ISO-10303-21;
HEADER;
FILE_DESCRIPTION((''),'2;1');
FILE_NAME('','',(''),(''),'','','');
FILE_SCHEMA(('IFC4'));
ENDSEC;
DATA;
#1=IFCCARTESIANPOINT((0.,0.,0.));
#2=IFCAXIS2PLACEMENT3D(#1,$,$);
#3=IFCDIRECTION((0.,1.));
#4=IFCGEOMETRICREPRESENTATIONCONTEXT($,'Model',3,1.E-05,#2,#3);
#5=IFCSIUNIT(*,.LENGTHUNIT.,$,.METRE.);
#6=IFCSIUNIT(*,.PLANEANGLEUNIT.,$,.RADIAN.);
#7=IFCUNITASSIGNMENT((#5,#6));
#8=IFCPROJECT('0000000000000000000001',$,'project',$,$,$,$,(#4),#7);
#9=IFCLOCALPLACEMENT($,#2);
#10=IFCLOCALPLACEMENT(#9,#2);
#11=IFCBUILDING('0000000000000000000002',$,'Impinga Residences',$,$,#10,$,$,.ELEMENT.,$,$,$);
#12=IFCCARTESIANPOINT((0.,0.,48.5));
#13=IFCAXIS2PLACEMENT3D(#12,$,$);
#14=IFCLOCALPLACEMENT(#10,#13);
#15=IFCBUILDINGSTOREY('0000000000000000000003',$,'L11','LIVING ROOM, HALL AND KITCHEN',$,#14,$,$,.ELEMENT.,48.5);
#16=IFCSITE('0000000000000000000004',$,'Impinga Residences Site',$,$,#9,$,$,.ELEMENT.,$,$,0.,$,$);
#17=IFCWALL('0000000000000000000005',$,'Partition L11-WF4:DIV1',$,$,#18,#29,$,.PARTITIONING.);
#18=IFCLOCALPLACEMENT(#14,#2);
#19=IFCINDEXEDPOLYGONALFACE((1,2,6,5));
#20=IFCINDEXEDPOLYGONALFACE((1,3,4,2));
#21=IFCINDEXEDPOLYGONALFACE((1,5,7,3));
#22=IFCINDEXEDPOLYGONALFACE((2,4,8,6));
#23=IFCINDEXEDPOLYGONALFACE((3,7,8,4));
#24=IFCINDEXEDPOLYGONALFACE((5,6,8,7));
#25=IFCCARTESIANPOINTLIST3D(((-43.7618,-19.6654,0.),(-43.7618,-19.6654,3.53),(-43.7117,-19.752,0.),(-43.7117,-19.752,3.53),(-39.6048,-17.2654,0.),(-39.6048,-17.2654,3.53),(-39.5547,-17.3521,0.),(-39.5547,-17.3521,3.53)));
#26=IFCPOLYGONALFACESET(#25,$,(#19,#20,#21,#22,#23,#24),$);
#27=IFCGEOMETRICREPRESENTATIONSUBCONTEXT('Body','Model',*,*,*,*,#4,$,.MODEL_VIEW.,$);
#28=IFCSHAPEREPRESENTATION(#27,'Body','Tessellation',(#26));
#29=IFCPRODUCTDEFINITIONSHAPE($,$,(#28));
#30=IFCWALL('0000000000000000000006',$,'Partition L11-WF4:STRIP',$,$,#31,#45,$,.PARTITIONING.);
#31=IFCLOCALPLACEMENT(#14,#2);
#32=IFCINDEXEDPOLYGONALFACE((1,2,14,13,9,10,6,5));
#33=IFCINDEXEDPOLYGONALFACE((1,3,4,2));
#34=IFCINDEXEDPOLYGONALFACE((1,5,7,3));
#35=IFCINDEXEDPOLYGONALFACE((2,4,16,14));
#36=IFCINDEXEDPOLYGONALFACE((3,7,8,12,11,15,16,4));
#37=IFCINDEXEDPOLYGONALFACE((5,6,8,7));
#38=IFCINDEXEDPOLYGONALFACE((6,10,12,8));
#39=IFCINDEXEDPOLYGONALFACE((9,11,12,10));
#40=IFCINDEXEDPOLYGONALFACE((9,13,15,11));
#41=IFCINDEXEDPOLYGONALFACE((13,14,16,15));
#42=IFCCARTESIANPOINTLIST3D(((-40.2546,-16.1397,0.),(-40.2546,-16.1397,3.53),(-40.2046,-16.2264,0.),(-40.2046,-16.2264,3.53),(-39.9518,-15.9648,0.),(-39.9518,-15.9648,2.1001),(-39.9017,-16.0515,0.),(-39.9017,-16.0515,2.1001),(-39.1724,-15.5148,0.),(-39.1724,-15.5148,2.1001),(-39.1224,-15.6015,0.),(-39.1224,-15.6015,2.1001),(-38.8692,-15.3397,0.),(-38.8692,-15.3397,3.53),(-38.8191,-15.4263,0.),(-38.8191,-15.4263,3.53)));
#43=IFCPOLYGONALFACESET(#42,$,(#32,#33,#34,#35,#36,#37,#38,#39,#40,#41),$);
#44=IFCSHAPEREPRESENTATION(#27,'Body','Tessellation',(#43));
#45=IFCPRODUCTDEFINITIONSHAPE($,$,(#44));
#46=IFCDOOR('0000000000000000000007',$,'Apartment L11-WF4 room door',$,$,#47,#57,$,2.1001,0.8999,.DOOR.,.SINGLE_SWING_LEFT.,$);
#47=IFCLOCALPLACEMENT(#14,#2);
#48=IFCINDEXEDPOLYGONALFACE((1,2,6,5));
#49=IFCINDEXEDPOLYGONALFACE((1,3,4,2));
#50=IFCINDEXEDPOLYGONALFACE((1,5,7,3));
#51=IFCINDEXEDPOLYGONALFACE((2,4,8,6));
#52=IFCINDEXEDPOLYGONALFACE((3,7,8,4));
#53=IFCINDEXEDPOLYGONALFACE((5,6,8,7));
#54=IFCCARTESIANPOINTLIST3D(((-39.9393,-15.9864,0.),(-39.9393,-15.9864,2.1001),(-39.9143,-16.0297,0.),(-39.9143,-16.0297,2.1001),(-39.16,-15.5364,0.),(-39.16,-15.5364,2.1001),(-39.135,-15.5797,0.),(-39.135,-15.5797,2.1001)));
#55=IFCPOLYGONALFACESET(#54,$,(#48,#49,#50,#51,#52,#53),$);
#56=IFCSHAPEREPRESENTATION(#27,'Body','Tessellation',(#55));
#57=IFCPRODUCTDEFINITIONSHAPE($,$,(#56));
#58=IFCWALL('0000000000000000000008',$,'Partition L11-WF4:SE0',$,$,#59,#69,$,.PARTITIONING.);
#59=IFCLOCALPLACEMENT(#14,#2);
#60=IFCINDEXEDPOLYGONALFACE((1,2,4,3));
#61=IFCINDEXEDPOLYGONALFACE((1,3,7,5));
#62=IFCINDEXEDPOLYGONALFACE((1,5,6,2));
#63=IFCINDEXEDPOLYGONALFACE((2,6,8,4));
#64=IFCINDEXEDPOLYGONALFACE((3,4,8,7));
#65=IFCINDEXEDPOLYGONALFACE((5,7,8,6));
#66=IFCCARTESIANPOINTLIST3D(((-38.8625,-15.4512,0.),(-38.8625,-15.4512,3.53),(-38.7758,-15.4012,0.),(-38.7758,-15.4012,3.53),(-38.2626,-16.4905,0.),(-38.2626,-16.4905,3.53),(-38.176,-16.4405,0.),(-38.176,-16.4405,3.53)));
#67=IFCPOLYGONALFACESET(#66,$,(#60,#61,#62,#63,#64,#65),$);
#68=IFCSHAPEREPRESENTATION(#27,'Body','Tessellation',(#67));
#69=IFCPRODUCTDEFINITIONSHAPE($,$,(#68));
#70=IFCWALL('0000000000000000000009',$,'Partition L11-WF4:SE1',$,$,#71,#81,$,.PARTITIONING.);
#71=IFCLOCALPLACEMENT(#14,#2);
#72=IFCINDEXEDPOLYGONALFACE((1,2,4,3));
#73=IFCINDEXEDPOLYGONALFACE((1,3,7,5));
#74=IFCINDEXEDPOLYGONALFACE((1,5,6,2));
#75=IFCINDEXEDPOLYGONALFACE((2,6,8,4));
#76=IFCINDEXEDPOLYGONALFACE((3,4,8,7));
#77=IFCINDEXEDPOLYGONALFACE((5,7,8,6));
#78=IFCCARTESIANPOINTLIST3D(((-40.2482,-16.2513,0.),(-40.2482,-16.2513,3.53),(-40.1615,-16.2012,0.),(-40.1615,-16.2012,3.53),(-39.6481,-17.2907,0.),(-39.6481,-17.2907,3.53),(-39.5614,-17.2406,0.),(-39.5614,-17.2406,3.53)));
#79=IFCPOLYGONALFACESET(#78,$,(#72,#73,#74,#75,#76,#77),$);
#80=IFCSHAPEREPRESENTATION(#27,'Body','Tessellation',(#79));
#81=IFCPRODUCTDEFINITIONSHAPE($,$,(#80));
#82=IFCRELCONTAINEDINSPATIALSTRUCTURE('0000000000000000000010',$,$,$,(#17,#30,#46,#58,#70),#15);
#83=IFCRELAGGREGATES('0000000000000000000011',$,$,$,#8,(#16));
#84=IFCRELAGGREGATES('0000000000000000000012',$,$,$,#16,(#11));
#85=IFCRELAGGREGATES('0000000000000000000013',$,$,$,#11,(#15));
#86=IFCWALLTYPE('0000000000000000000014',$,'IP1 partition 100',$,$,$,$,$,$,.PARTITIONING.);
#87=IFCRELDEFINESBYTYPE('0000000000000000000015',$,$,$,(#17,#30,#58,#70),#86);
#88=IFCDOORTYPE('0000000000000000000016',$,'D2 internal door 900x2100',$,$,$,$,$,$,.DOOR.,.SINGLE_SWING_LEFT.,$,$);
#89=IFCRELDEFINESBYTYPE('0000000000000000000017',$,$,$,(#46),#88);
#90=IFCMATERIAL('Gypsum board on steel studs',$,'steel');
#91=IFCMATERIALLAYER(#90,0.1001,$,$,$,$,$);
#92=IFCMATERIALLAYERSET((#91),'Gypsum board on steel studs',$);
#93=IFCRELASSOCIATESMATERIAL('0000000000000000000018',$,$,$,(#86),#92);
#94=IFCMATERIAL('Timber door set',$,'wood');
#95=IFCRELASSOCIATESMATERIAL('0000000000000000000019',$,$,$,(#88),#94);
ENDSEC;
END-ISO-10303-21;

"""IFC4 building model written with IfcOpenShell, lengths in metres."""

from ifc_helpers import new_model, si_unit, direction, frame, frame_2d, origin, place, context, subcontext, project, spatial, rectangle, extrude, material, layer, layer_set, type_object, element, fill, save


model = new_model("IFC4")

# Units and contexts
model_context = context("Model", 3, precision=1e-05, world=origin(), true_north=direction((0.0, 1.0)))
body_context = subcontext(model_context, "Body", "Model", "MODEL_VIEW")
ifc_project = project(units=[si_unit("LENGTHUNIT", "METRE"), si_unit("PLANEANGLEUNIT", "RADIAN")], contexts=[model_context])

# Site, building, storey
site_placement = place(None, origin())
site = spatial("IfcSite", under=ifc_project, at=site_placement, Name="Impinga Residences Site", CompositionType="ELEMENT", RefElevation=0.0)
building_placement = place(site_placement, origin())
building = spatial("IfcBuilding", under=site, at=building_placement, Name="Impinga Residences", CompositionType="ELEMENT")
storey_placement = place(building_placement, frame((0.0, 0.0, 48.5)))
storey = spatial("IfcBuildingStorey", under=building, at=storey_placement, Name="L11", Description="LIVING ROOM, HALL AND KITCHEN", CompositionType="ELEMENT", Elevation=48.5)

# Wall
ifc_material_1 = material(Name="Gypsum board on steel studs", Category="steel")
ifc_layer_1 = layer(ifc_material_1, 0.1001)
ifc_layer_set_1 = layer_set([ifc_layer_1], Name="Gypsum board on steel studs")
wall_type_1 = type_object("IfcWallType", Name="IP1 partition 100", PredefinedType="PARTITIONING", material=ifc_layer_set_1)
wall_1_placement = place(storey_placement, frame((-39.5798, -17.3088, 0.0), z_axis=(0.0, 0.0, 1.0), x_axis=(-0.866037, -0.499979, 0.0)))
element("IfcWall", 1, at=wall_1_placement, inside=storey, type_object=wall_type_1, Name="Partition L11-WF4:DIV1", PredefinedType="PARTITIONING", context=body_context, shape_type="SweptSolid", body=[
    extrude(rectangle(XDim=4.8, YDim=0.1001, at=frame_2d((2.3999, 0.0))), origin(), (0.0, 0.0, 1.0), 3.53),
])

# Wall, opening, door
wall_2_placement = place(storey_placement, frame((-38.8442, -15.3831, 0.0), z_axis=(0.0, 0.0, 1.0), x_axis=(-0.86599, -0.500061, 0.0)))
wall_2 = element("IfcWall", 2, at=wall_2_placement, inside=storey, type_object=wall_type_1, Name="Partition L11-WF4:STRIP", PredefinedType="PARTITIONING", context=body_context, shape_type="SweptSolid", body=[
    extrude(rectangle(XDim=1.5999, YDim=0.1001, at=frame_2d((0.7998, 0.0))), origin(), (0.0, 0.0, 1.0), 3.53),
])
opening_1_placement = place(wall_2_placement, frame((0.3501, 0.0, 0.0)))
opening_1 = element("IfcOpeningElement", 3, at=opening_1_placement, cuts=wall_2, PredefinedType="OPENING", context=body_context, shape_type="SweptSolid", body=[
    extrude(rectangle(XDim=0.8999, YDim=2.1001, at=frame_2d((0.45, 1.05))), frame((0.0, 0.0601, 0.0), z_axis=(0.0, -1.0, 0.0), x_axis=(1.0, 0.0, 0.0)), (0.0, 0.0, 1.0), 0.1201),
])
ifc_material_2 = material(Name="Timber door set", Category="wood")
door_type = type_object("IfcDoorType", Name="D2 internal door 900x2100", OperationType="SINGLE_SWING_LEFT", PredefinedType="DOOR", material=ifc_material_2)
door_placement = place(opening_1_placement, origin())
door = element("IfcDoor", 4, at=door_placement, inside=storey, type_object=door_type, Name="Apartment L11-WF4 room door", OperationType="SINGLE_SWING_LEFT", OverallHeight=2.1001, OverallWidth=0.8999, PredefinedType="DOOR", context=body_context, shape_type="SweptSolid", body=[
    extrude(rectangle(XDim=0.8999, YDim=2.1001, at=frame_2d((0.45, 1.05))), frame((0.0, 0.0249, 0.0), z_axis=(0.0, -1.0, 0.0), x_axis=(1.0, 0.0, 0.0)), (0.0, 0.0, 1.0), 0.05),
])
fill(opening_1, door)

# Walls
wall_3_placement = place(storey_placement, frame((-38.2192, -16.4656, 0.0), z_axis=(0.0, 0.0, 1.0), x_axis=(-0.499881, 0.866094, 0.0)))
element("IfcWall", 5, at=wall_3_placement, inside=storey, type_object=wall_type_1, Name="Partition L11-WF4:SE0", PredefinedType="PARTITIONING", context=body_context, shape_type="SweptSolid", body=[
    extrude(rectangle(XDim=1.2, YDim=0.1001, at=frame_2d((0.6001, 0.0))), origin(), (0.0, 0.0, 1.0), 3.53),
])
wall_4_placement = place(storey_placement, frame((-39.6047, -17.2656, 0.0), z_axis=(0.0, 0.0, 1.0), x_axis=(-0.500034, 0.866006, 0.0)))
element("IfcWall", 6, at=wall_4_placement, inside=storey, type_object=wall_type_1, Name="Partition L11-WF4:SE1", PredefinedType="PARTITIONING", context=body_context, shape_type="SweptSolid", body=[
    extrude(rectangle(XDim=1.2002, YDim=0.1001, at=frame_2d((0.6001, 0.0))), origin(), (0.0, 0.0, 1.0), 3.53),
])

save(model, "model.ifc")
